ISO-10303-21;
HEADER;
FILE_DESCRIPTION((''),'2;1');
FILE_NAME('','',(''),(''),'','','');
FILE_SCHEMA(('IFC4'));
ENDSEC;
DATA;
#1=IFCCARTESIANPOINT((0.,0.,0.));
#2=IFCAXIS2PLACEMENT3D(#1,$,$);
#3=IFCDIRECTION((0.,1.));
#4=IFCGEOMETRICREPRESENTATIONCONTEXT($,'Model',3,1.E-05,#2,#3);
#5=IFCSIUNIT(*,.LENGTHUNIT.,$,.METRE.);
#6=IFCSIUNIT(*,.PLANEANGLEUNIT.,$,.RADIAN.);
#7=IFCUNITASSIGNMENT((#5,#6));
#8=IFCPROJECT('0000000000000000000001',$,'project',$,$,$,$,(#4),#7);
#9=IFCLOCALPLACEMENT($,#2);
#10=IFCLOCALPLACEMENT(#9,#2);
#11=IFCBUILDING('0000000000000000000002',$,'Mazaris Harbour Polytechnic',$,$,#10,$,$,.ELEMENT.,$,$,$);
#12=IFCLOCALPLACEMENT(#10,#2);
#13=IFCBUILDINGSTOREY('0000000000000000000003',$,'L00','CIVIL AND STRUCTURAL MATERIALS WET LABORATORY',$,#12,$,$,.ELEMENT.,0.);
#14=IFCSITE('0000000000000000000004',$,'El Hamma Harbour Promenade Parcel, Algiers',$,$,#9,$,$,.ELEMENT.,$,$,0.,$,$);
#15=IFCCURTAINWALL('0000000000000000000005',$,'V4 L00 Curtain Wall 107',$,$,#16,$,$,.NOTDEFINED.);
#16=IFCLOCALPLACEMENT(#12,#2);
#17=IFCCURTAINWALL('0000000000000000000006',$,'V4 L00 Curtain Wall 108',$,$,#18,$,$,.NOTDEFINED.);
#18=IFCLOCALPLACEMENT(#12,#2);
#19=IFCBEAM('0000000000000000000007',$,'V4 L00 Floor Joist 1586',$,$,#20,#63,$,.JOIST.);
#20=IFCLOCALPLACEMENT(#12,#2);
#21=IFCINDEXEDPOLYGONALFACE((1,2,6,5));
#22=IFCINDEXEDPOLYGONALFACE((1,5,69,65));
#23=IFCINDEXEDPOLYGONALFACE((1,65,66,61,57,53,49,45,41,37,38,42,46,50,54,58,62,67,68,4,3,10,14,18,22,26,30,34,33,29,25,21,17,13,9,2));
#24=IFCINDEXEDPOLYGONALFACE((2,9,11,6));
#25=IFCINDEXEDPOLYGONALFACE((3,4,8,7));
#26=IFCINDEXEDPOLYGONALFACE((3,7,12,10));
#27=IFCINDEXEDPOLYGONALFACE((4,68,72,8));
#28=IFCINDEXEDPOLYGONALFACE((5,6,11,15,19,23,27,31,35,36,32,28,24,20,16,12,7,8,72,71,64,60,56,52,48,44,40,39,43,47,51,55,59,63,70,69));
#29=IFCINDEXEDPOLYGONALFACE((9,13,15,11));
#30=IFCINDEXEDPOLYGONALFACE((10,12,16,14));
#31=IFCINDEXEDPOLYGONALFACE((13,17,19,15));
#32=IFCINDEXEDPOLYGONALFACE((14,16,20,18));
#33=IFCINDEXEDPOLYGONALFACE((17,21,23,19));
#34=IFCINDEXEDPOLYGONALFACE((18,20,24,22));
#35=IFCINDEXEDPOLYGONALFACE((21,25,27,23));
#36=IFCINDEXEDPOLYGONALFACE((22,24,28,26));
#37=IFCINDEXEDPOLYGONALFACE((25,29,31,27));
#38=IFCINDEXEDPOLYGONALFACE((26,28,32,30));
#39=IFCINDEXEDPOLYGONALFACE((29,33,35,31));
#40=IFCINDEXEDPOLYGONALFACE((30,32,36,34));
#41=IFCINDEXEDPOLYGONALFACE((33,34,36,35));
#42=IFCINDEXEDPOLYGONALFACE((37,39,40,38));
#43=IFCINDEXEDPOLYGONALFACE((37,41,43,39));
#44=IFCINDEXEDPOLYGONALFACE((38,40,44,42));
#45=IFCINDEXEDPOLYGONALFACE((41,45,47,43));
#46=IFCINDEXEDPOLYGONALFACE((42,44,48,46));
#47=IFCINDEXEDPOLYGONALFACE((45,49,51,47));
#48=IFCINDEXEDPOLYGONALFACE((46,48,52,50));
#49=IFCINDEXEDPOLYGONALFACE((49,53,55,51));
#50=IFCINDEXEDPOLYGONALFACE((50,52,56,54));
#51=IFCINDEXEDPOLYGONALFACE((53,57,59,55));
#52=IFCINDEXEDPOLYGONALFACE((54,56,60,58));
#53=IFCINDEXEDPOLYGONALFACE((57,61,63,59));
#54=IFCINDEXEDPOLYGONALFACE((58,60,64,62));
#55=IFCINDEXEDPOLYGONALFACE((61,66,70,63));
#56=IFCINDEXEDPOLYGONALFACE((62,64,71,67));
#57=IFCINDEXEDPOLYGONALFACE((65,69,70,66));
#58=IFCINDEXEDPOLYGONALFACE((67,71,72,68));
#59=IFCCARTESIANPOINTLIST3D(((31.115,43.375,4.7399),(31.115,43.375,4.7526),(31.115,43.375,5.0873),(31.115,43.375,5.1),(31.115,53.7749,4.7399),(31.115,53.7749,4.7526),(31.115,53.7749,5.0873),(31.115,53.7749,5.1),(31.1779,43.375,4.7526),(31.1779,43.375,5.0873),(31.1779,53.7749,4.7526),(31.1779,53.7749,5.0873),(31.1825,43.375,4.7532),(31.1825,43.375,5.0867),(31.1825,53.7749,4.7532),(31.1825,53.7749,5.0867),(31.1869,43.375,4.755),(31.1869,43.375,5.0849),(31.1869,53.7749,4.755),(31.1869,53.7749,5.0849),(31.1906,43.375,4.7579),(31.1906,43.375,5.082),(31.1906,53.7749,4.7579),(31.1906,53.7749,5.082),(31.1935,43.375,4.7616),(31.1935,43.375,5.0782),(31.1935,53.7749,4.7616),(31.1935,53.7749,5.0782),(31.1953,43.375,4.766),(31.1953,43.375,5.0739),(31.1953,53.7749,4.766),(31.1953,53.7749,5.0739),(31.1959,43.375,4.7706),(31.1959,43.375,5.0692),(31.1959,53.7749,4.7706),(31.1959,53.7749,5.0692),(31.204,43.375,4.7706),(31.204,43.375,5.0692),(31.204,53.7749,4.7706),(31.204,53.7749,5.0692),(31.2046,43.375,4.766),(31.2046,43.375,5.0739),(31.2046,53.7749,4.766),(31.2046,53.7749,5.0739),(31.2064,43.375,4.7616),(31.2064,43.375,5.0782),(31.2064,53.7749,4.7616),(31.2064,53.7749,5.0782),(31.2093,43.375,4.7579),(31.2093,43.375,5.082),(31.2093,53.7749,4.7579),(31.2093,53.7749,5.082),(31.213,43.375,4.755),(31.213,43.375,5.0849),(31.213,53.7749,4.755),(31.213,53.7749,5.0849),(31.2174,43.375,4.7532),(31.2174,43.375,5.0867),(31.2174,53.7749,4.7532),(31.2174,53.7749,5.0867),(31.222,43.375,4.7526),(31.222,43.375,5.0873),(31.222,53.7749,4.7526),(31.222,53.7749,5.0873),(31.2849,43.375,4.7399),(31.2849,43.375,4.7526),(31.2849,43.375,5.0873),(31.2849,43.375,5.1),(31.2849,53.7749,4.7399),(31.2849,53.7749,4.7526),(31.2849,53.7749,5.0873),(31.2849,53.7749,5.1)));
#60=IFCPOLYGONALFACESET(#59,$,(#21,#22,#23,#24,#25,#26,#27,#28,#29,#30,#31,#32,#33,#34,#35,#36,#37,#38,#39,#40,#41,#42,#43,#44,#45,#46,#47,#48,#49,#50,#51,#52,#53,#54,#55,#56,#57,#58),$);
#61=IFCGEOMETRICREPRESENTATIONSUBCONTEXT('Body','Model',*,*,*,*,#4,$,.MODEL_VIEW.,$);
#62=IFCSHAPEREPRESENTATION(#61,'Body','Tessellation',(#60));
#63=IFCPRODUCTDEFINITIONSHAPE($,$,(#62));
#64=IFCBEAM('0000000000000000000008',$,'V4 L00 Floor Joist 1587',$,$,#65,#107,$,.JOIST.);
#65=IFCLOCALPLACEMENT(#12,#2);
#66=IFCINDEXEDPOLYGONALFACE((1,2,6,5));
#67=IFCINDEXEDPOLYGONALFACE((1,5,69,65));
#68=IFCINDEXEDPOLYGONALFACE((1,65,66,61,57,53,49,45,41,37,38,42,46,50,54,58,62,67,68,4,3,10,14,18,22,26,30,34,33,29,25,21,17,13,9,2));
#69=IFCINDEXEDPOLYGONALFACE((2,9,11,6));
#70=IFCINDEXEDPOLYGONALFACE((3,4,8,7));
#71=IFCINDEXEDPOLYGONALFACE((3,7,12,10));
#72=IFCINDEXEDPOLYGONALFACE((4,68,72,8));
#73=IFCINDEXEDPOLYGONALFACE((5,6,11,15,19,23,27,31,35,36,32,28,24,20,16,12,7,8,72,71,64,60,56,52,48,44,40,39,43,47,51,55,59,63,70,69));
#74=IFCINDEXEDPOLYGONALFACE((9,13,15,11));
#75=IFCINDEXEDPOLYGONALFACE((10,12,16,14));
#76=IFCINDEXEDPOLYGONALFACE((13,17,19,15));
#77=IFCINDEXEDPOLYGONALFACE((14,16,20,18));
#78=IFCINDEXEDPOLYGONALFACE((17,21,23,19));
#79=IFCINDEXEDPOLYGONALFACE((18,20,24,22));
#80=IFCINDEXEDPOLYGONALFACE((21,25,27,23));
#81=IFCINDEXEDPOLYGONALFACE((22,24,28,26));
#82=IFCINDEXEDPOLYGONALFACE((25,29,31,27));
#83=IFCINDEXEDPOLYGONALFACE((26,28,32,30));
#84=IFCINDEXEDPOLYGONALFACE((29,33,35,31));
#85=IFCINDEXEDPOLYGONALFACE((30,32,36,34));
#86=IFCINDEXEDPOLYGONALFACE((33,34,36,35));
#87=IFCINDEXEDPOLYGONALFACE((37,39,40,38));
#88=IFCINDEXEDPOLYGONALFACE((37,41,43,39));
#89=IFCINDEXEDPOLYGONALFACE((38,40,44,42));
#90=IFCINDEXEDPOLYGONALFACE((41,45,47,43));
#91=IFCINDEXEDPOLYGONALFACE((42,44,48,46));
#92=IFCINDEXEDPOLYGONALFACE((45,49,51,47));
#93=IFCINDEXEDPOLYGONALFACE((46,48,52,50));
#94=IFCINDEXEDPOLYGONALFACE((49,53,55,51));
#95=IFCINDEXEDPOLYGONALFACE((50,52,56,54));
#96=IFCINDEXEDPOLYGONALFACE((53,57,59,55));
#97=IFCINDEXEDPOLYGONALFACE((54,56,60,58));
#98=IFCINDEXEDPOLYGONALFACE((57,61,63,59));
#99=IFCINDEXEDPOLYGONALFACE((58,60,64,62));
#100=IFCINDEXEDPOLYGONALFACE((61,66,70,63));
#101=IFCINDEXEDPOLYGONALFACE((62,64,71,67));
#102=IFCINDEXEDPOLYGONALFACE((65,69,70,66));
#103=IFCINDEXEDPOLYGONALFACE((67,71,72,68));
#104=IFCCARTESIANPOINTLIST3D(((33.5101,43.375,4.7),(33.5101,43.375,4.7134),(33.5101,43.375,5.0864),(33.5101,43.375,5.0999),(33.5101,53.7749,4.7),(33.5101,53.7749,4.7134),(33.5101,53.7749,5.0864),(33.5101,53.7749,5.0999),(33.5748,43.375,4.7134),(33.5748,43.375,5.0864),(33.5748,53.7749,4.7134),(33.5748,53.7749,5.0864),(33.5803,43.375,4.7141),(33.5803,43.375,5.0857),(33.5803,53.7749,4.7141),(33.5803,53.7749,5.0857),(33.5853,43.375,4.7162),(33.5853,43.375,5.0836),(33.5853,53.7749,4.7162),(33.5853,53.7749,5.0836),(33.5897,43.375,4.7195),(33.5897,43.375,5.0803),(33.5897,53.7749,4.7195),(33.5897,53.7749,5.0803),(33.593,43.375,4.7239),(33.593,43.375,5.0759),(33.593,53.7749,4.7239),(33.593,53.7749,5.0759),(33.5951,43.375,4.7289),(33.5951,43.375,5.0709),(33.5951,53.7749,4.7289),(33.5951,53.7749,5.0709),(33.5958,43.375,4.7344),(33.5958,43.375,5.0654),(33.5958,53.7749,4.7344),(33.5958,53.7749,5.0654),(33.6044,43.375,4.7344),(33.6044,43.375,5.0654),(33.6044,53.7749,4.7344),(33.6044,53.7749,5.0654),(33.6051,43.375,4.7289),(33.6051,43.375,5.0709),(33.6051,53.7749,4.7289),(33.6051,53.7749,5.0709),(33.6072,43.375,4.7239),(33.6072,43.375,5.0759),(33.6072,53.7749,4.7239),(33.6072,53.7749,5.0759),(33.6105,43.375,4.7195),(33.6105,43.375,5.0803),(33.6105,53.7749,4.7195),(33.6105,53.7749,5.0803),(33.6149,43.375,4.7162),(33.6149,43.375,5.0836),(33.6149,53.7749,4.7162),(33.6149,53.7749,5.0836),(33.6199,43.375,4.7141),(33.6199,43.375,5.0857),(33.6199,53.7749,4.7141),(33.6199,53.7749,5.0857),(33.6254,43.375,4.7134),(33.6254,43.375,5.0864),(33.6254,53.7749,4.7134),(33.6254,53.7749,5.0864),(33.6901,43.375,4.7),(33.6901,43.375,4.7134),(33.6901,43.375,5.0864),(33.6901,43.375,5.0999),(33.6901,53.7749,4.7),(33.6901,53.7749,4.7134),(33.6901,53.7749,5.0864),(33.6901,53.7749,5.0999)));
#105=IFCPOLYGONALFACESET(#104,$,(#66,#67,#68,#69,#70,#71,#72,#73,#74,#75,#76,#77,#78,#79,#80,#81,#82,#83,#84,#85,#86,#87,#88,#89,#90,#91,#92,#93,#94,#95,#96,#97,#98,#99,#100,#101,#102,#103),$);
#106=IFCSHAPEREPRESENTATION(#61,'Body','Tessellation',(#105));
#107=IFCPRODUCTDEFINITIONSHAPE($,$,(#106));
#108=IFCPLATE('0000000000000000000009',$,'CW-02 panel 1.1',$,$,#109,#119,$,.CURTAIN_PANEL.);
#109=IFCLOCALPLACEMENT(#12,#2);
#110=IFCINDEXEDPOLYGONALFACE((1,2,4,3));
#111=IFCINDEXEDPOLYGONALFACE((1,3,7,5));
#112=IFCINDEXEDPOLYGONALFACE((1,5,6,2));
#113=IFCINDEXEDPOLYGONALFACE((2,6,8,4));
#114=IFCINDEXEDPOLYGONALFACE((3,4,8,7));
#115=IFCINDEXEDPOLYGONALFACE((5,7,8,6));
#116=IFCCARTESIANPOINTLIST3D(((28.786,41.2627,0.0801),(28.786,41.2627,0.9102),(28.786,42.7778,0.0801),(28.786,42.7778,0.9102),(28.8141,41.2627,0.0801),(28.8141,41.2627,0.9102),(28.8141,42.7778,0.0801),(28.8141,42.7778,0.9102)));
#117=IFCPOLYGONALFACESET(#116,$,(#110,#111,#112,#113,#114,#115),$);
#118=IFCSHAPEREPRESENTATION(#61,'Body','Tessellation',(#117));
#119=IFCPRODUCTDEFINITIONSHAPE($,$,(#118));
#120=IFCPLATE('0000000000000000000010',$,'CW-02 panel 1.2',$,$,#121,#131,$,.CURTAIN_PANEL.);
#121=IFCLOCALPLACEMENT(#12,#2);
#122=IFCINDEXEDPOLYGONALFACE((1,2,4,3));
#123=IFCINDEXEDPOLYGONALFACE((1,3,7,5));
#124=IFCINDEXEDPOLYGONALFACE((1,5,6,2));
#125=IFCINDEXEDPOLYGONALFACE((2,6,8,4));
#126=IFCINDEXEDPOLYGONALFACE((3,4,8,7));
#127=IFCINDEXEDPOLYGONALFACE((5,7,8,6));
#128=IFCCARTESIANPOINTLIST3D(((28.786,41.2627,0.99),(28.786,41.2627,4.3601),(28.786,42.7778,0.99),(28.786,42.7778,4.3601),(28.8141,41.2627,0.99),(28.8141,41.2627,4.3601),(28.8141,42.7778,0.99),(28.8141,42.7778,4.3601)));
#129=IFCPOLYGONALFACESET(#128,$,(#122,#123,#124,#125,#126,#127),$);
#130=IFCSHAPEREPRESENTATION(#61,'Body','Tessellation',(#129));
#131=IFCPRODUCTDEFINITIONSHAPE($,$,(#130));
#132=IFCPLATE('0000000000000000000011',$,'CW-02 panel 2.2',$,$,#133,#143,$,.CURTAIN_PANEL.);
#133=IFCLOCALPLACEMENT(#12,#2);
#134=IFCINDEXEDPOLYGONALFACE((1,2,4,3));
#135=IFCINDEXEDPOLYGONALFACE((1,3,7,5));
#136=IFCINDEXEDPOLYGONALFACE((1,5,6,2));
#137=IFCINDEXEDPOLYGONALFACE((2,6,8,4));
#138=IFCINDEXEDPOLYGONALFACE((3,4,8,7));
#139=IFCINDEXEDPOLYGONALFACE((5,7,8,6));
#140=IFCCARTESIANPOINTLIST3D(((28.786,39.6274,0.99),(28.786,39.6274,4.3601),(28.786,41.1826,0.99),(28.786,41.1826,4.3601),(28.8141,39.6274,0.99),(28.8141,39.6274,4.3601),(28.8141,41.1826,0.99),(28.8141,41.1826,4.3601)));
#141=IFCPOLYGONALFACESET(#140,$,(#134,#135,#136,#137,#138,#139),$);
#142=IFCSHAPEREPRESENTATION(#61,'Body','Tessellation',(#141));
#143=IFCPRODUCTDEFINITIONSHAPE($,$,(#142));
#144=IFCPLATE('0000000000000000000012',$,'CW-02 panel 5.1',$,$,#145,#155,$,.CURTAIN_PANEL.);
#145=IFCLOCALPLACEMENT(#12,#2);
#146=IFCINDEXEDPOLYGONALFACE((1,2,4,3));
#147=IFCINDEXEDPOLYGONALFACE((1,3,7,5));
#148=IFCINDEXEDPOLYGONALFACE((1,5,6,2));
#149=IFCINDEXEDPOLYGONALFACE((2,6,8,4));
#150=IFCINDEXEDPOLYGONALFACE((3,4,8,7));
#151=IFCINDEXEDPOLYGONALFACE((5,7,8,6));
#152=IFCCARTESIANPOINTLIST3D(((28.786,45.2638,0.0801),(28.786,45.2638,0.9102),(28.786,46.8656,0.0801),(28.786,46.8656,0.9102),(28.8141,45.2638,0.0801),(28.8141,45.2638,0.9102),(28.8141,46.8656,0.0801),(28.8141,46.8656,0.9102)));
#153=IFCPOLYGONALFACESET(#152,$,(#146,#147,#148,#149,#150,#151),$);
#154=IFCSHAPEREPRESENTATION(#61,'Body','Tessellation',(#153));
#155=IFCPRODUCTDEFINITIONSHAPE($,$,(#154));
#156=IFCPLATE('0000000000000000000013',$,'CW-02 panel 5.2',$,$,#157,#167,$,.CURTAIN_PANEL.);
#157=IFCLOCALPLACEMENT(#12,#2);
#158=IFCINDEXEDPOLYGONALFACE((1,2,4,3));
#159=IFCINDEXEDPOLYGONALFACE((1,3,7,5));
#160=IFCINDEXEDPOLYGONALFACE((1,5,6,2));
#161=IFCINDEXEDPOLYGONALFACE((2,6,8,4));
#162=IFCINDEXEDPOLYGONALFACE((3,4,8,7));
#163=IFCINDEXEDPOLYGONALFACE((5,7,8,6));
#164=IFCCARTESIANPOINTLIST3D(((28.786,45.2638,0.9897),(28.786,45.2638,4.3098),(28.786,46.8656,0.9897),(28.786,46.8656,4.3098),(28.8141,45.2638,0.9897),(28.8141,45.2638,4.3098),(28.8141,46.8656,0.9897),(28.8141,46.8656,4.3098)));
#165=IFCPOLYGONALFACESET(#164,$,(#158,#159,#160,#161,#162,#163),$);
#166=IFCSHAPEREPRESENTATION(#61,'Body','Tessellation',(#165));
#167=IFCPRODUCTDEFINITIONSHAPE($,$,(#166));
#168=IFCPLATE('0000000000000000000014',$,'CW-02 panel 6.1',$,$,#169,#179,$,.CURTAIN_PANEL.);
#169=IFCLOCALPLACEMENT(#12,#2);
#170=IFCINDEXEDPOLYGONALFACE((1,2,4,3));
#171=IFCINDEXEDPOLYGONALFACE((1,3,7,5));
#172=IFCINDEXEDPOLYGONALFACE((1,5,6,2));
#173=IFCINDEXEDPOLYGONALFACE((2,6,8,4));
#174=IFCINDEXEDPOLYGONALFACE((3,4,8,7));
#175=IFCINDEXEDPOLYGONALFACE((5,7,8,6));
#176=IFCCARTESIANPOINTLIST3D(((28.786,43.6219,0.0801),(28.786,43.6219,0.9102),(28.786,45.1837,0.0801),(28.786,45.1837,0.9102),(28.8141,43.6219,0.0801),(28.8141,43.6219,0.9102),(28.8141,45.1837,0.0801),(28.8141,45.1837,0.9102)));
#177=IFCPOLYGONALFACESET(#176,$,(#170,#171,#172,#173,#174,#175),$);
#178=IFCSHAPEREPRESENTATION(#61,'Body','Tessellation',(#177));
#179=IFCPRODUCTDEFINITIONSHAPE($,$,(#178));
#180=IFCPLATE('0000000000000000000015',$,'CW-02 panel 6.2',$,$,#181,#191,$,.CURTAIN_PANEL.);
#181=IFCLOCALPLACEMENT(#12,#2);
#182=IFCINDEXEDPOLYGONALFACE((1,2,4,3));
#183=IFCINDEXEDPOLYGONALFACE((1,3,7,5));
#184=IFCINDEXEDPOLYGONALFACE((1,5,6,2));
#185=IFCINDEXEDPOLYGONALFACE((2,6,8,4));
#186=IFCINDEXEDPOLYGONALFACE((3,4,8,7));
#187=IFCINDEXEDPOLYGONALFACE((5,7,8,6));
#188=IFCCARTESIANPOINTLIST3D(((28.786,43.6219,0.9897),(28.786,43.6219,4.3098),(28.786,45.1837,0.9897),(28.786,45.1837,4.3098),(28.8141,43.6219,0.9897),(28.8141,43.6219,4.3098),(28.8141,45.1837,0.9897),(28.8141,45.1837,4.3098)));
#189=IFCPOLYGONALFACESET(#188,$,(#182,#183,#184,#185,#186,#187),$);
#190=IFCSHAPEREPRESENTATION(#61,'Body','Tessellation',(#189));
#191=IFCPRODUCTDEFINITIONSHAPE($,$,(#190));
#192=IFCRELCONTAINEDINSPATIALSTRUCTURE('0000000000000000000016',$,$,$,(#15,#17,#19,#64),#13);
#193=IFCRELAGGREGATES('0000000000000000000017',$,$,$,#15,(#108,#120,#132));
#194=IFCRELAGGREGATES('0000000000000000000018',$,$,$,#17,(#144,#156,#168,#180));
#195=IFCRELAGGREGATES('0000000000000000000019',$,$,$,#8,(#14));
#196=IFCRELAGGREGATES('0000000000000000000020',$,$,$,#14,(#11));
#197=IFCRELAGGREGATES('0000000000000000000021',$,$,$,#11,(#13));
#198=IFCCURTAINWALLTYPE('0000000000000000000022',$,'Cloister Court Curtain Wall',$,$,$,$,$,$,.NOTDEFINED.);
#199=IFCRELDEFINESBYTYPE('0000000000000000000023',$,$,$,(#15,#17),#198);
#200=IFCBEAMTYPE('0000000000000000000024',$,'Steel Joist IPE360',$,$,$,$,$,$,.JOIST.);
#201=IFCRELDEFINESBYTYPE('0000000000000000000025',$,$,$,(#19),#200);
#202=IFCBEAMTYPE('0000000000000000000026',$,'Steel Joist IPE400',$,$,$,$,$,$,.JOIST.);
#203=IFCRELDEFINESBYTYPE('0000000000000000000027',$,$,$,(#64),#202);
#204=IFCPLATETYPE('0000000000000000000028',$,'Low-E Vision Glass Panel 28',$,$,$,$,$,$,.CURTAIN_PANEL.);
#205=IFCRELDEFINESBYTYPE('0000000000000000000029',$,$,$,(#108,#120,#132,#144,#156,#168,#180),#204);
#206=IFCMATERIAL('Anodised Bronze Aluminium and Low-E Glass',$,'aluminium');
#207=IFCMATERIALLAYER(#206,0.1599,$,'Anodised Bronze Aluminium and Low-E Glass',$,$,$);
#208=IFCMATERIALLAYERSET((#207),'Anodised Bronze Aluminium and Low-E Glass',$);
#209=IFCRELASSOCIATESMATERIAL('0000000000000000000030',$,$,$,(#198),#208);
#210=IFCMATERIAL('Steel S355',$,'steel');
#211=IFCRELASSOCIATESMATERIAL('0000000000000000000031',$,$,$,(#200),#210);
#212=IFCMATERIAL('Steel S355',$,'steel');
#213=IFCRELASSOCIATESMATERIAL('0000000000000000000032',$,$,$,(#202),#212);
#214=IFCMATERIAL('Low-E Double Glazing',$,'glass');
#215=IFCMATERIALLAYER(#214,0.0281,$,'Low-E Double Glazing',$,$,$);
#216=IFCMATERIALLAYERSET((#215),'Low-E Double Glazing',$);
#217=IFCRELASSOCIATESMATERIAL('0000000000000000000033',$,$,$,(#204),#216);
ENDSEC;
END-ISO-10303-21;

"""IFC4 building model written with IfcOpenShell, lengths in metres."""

from ifc_helpers import new_model, si_unit, direction, frame, origin, origin_2d, place, context, subcontext, project, spatial, rectangle, i_section, extrude, material, layer, layer_set, material_profile, profile_set, type_object, element, aggregate, save


model = new_model("IFC4")

# Units and contexts
model_context = context("Model", 3, precision=1e-05, world=origin(), true_north=direction((0.0, 1.0)))
body_context = subcontext(model_context, "Body", "Model", "MODEL_VIEW")
ifc_project = project(units=[si_unit("LENGTHUNIT", "METRE"), si_unit("PLANEANGLEUNIT", "RADIAN")], contexts=[model_context])

# Site, building, storey
site_placement = place(None, origin())
site = spatial("IfcSite", under=ifc_project, at=site_placement, Name="El Hamma Harbour Promenade Parcel, Algiers", CompositionType="ELEMENT", RefElevation=0.0)
building_placement = place(site_placement, origin())
building = spatial("IfcBuilding", under=site, at=building_placement, Name="Mazaris Harbour Polytechnic", CompositionType="ELEMENT")
storey_placement = place(building_placement, origin())
storey = spatial("IfcBuildingStorey", under=building, at=storey_placement, Name="L00", Description="CIVIL AND STRUCTURAL MATERIALS WET LABORATORY", CompositionType="ELEMENT", Elevation=0.0)

# Curtain walls
ifc_material_1 = material(Name="Anodised Bronze Aluminium and Low-E Glass", Category="aluminium")
ifc_layer_1 = layer(ifc_material_1, 0.1599, Name="Anodised Bronze Aluminium and Low-E Glass")
ifc_layer_set_1 = layer_set([ifc_layer_1], Name="Anodised Bronze Aluminium and Low-E Glass")
curtain_wall_type = type_object("IfcCurtainWallType", Name="Cloister Court Curtain Wall", PredefinedType="NOTDEFINED", material=ifc_layer_set_1)
curtain_wall_1_placement = place(storey_placement, origin())
curtain_wall_1 = element("IfcCurtainWall", 1, at=curtain_wall_1_placement, inside=storey, type_object=curtain_wall_type, Name="V4 L00 Curtain Wall 107", PredefinedType="NOTDEFINED")
curtain_wall_2_placement = place(storey_placement, origin())
curtain_wall_2 = element("IfcCurtainWall", 2, at=curtain_wall_2_placement, inside=storey, type_object=curtain_wall_type, Name="V4 L00 Curtain Wall 108", PredefinedType="NOTDEFINED")

# Beams
ifc_material_2 = material(Name="Steel S355", Category="steel")
ifc_material_profile_1 = material_profile(ifc_material_2, i_section(OverallWidth=0.1699, OverallDepth=0.3601, WebThickness=0.0081, FlangeThickness=0.0127, FilletRadius=0.0181, at=origin_2d()), Name="IPE 360")
ifc_profile_set_1 = profile_set([ifc_material_profile_1], Name="Steel S355")
beam_type_1 = type_object("IfcBeamType", Name="Steel Joist IPE360", PredefinedType="JOIST", material=ifc_profile_set_1)
beam_1_placement = place(storey_placement, frame((31.2, 43.375, 4.9199), z_axis=(0.0, 1.0, 0.0), x_axis=(-1.0, 0.0, 0.0)))
element("IfcBeam", 3, at=beam_1_placement, inside=storey, type_object=beam_type_1, Name="V4 L00 Floor Joist 1586", PredefinedType="JOIST", context=body_context, shape_type="SweptSolid", body=[
    extrude(i_section(OverallWidth=0.1699, OverallDepth=0.3601, WebThickness=0.0081, FlangeThickness=0.0127, FilletRadius=0.0181, at=origin_2d()), origin(), (0.0, 0.0, 1.0), 10.3999),
])
ifc_material_3 = material(Name="Steel S355", Category="steel")
ifc_material_profile_2 = material_profile(ifc_material_3, i_section(OverallWidth=0.1799, OverallDepth=0.3999, WebThickness=0.0085, FlangeThickness=0.0134, FilletRadius=0.021, at=origin_2d()), Name="IPE 400")
ifc_profile_set_2 = profile_set([ifc_material_profile_2], Name="Steel S355")
beam_type_2 = type_object("IfcBeamType", Name="Steel Joist IPE400", PredefinedType="JOIST", material=ifc_profile_set_2)
beam_2_placement = place(storey_placement, frame((33.6001, 43.375, 4.8999), z_axis=(0.0, 1.0, 0.0), x_axis=(-1.0, 0.0, 0.0)))
element("IfcBeam", 4, at=beam_2_placement, inside=storey, type_object=beam_type_2, Name="V4 L00 Floor Joist 1587", PredefinedType="JOIST", context=body_context, shape_type="SweptSolid", body=[
    extrude(i_section(OverallWidth=0.1799, OverallDepth=0.3999, WebThickness=0.0085, FlangeThickness=0.0134, FilletRadius=0.021, at=origin_2d()), origin(), (0.0, 0.0, 1.0), 10.3999),
])

# Plates
ifc_material_4 = material(Name="Low-E Double Glazing", Category="glass")
ifc_layer_2 = layer(ifc_material_4, 0.0281, Name="Low-E Double Glazing")
ifc_layer_set_2 = layer_set([ifc_layer_2], Name="Low-E Double Glazing")
plate_type = type_object("IfcPlateType", Name="Low-E Vision Glass Panel 28", PredefinedType="CURTAIN_PANEL", material=ifc_layer_set_2)
plate_1_placement = place(storey_placement, frame((28.8, 42.0203, 0.0801), z_axis=(0.0, 0.0, 1.0), x_axis=(0.0, -1.0, 0.0)))
plate_1 = element("IfcPlate", 5, at=plate_1_placement, type_object=plate_type, Name="CW-02 panel 1.1", PredefinedType="CURTAIN_PANEL", context=body_context, shape_type="SweptSolid", body=[
    extrude(rectangle(XDim=1.5151, YDim=0.0281, at=origin_2d()), origin(), (0.0, 0.0, 1.0), 0.8301),
])
plate_2_placement = place(storey_placement, frame((28.8, 42.0203, 0.99), z_axis=(0.0, 0.0, 1.0), x_axis=(0.0, -1.0, 0.0)))
plate_2 = element("IfcPlate", 6, at=plate_2_placement, type_object=plate_type, Name="CW-02 panel 1.2", PredefinedType="CURTAIN_PANEL", context=body_context, shape_type="SweptSolid", body=[
    extrude(rectangle(XDim=1.5151, YDim=0.0281, at=origin_2d()), origin(), (0.0, 0.0, 1.0), 3.3701),
])
plate_3_placement = place(storey_placement, frame((28.8, 40.405, 0.99), z_axis=(0.0, 0.0, 1.0), x_axis=(0.0, -1.0, 0.0)))
plate_3 = element("IfcPlate", 7, at=plate_3_placement, type_object=plate_type, Name="CW-02 panel 2.2", PredefinedType="CURTAIN_PANEL", context=body_context, shape_type="SweptSolid", body=[
    extrude(rectangle(XDim=1.5552, YDim=0.0281, at=origin_2d()), origin(), (0.0, 0.0, 1.0), 3.3701),
])
aggregate(curtain_wall_1, [plate_1, plate_2, plate_3])
plate_4_placement = place(storey_placement, frame((28.8, 46.0647, 0.0801), z_axis=(0.0, 0.0, 1.0), x_axis=(0.0, -1.0, 0.0)))
plate_4 = element("IfcPlate", 8, at=plate_4_placement, type_object=plate_type, Name="CW-02 panel 5.1", PredefinedType="CURTAIN_PANEL", context=body_context, shape_type="SweptSolid", body=[
    extrude(rectangle(XDim=1.6018, YDim=0.0281, at=origin_2d()), origin(), (0.0, 0.0, 1.0), 0.8301),
])
plate_5_placement = place(storey_placement, frame((28.8, 46.0647, 0.9897), z_axis=(0.0, 0.0, 1.0), x_axis=(0.0, -1.0, 0.0)))
plate_5 = element("IfcPlate", 9, at=plate_5_placement, type_object=plate_type, Name="CW-02 panel 5.2", PredefinedType="CURTAIN_PANEL", context=body_context, shape_type="SweptSolid", body=[
    extrude(rectangle(XDim=1.6018, YDim=0.0281, at=origin_2d()), origin(), (0.0, 0.0, 1.0), 3.3201),
])
plate_6_placement = place(storey_placement, frame((28.8, 44.4028, 0.0801), z_axis=(0.0, 0.0, 1.0), x_axis=(0.0, -1.0, 0.0)))
plate_6 = element("IfcPlate", 10, at=plate_6_placement, type_object=plate_type, Name="CW-02 panel 6.1", PredefinedType="CURTAIN_PANEL", context=body_context, shape_type="SweptSolid", body=[
    extrude(rectangle(XDim=1.5618, YDim=0.0281, at=origin_2d()), origin(), (0.0, 0.0, 1.0), 0.8301),
])
plate_7_placement = place(storey_placement, frame((28.8, 44.4028, 0.9897), z_axis=(0.0, 0.0, 1.0), x_axis=(0.0, -1.0, 0.0)))
plate_7 = element("IfcPlate", 11, at=plate_7_placement, type_object=plate_type, Name="CW-02 panel 6.2", PredefinedType="CURTAIN_PANEL", context=body_context, shape_type="SweptSolid", body=[
    extrude(rectangle(XDim=1.5618, YDim=0.0281, at=origin_2d()), origin(), (0.0, 0.0, 1.0), 3.3201),
])
aggregate(curtain_wall_2, [plate_4, plate_5, plate_6, plate_7])

save(model, "model.ifc")
